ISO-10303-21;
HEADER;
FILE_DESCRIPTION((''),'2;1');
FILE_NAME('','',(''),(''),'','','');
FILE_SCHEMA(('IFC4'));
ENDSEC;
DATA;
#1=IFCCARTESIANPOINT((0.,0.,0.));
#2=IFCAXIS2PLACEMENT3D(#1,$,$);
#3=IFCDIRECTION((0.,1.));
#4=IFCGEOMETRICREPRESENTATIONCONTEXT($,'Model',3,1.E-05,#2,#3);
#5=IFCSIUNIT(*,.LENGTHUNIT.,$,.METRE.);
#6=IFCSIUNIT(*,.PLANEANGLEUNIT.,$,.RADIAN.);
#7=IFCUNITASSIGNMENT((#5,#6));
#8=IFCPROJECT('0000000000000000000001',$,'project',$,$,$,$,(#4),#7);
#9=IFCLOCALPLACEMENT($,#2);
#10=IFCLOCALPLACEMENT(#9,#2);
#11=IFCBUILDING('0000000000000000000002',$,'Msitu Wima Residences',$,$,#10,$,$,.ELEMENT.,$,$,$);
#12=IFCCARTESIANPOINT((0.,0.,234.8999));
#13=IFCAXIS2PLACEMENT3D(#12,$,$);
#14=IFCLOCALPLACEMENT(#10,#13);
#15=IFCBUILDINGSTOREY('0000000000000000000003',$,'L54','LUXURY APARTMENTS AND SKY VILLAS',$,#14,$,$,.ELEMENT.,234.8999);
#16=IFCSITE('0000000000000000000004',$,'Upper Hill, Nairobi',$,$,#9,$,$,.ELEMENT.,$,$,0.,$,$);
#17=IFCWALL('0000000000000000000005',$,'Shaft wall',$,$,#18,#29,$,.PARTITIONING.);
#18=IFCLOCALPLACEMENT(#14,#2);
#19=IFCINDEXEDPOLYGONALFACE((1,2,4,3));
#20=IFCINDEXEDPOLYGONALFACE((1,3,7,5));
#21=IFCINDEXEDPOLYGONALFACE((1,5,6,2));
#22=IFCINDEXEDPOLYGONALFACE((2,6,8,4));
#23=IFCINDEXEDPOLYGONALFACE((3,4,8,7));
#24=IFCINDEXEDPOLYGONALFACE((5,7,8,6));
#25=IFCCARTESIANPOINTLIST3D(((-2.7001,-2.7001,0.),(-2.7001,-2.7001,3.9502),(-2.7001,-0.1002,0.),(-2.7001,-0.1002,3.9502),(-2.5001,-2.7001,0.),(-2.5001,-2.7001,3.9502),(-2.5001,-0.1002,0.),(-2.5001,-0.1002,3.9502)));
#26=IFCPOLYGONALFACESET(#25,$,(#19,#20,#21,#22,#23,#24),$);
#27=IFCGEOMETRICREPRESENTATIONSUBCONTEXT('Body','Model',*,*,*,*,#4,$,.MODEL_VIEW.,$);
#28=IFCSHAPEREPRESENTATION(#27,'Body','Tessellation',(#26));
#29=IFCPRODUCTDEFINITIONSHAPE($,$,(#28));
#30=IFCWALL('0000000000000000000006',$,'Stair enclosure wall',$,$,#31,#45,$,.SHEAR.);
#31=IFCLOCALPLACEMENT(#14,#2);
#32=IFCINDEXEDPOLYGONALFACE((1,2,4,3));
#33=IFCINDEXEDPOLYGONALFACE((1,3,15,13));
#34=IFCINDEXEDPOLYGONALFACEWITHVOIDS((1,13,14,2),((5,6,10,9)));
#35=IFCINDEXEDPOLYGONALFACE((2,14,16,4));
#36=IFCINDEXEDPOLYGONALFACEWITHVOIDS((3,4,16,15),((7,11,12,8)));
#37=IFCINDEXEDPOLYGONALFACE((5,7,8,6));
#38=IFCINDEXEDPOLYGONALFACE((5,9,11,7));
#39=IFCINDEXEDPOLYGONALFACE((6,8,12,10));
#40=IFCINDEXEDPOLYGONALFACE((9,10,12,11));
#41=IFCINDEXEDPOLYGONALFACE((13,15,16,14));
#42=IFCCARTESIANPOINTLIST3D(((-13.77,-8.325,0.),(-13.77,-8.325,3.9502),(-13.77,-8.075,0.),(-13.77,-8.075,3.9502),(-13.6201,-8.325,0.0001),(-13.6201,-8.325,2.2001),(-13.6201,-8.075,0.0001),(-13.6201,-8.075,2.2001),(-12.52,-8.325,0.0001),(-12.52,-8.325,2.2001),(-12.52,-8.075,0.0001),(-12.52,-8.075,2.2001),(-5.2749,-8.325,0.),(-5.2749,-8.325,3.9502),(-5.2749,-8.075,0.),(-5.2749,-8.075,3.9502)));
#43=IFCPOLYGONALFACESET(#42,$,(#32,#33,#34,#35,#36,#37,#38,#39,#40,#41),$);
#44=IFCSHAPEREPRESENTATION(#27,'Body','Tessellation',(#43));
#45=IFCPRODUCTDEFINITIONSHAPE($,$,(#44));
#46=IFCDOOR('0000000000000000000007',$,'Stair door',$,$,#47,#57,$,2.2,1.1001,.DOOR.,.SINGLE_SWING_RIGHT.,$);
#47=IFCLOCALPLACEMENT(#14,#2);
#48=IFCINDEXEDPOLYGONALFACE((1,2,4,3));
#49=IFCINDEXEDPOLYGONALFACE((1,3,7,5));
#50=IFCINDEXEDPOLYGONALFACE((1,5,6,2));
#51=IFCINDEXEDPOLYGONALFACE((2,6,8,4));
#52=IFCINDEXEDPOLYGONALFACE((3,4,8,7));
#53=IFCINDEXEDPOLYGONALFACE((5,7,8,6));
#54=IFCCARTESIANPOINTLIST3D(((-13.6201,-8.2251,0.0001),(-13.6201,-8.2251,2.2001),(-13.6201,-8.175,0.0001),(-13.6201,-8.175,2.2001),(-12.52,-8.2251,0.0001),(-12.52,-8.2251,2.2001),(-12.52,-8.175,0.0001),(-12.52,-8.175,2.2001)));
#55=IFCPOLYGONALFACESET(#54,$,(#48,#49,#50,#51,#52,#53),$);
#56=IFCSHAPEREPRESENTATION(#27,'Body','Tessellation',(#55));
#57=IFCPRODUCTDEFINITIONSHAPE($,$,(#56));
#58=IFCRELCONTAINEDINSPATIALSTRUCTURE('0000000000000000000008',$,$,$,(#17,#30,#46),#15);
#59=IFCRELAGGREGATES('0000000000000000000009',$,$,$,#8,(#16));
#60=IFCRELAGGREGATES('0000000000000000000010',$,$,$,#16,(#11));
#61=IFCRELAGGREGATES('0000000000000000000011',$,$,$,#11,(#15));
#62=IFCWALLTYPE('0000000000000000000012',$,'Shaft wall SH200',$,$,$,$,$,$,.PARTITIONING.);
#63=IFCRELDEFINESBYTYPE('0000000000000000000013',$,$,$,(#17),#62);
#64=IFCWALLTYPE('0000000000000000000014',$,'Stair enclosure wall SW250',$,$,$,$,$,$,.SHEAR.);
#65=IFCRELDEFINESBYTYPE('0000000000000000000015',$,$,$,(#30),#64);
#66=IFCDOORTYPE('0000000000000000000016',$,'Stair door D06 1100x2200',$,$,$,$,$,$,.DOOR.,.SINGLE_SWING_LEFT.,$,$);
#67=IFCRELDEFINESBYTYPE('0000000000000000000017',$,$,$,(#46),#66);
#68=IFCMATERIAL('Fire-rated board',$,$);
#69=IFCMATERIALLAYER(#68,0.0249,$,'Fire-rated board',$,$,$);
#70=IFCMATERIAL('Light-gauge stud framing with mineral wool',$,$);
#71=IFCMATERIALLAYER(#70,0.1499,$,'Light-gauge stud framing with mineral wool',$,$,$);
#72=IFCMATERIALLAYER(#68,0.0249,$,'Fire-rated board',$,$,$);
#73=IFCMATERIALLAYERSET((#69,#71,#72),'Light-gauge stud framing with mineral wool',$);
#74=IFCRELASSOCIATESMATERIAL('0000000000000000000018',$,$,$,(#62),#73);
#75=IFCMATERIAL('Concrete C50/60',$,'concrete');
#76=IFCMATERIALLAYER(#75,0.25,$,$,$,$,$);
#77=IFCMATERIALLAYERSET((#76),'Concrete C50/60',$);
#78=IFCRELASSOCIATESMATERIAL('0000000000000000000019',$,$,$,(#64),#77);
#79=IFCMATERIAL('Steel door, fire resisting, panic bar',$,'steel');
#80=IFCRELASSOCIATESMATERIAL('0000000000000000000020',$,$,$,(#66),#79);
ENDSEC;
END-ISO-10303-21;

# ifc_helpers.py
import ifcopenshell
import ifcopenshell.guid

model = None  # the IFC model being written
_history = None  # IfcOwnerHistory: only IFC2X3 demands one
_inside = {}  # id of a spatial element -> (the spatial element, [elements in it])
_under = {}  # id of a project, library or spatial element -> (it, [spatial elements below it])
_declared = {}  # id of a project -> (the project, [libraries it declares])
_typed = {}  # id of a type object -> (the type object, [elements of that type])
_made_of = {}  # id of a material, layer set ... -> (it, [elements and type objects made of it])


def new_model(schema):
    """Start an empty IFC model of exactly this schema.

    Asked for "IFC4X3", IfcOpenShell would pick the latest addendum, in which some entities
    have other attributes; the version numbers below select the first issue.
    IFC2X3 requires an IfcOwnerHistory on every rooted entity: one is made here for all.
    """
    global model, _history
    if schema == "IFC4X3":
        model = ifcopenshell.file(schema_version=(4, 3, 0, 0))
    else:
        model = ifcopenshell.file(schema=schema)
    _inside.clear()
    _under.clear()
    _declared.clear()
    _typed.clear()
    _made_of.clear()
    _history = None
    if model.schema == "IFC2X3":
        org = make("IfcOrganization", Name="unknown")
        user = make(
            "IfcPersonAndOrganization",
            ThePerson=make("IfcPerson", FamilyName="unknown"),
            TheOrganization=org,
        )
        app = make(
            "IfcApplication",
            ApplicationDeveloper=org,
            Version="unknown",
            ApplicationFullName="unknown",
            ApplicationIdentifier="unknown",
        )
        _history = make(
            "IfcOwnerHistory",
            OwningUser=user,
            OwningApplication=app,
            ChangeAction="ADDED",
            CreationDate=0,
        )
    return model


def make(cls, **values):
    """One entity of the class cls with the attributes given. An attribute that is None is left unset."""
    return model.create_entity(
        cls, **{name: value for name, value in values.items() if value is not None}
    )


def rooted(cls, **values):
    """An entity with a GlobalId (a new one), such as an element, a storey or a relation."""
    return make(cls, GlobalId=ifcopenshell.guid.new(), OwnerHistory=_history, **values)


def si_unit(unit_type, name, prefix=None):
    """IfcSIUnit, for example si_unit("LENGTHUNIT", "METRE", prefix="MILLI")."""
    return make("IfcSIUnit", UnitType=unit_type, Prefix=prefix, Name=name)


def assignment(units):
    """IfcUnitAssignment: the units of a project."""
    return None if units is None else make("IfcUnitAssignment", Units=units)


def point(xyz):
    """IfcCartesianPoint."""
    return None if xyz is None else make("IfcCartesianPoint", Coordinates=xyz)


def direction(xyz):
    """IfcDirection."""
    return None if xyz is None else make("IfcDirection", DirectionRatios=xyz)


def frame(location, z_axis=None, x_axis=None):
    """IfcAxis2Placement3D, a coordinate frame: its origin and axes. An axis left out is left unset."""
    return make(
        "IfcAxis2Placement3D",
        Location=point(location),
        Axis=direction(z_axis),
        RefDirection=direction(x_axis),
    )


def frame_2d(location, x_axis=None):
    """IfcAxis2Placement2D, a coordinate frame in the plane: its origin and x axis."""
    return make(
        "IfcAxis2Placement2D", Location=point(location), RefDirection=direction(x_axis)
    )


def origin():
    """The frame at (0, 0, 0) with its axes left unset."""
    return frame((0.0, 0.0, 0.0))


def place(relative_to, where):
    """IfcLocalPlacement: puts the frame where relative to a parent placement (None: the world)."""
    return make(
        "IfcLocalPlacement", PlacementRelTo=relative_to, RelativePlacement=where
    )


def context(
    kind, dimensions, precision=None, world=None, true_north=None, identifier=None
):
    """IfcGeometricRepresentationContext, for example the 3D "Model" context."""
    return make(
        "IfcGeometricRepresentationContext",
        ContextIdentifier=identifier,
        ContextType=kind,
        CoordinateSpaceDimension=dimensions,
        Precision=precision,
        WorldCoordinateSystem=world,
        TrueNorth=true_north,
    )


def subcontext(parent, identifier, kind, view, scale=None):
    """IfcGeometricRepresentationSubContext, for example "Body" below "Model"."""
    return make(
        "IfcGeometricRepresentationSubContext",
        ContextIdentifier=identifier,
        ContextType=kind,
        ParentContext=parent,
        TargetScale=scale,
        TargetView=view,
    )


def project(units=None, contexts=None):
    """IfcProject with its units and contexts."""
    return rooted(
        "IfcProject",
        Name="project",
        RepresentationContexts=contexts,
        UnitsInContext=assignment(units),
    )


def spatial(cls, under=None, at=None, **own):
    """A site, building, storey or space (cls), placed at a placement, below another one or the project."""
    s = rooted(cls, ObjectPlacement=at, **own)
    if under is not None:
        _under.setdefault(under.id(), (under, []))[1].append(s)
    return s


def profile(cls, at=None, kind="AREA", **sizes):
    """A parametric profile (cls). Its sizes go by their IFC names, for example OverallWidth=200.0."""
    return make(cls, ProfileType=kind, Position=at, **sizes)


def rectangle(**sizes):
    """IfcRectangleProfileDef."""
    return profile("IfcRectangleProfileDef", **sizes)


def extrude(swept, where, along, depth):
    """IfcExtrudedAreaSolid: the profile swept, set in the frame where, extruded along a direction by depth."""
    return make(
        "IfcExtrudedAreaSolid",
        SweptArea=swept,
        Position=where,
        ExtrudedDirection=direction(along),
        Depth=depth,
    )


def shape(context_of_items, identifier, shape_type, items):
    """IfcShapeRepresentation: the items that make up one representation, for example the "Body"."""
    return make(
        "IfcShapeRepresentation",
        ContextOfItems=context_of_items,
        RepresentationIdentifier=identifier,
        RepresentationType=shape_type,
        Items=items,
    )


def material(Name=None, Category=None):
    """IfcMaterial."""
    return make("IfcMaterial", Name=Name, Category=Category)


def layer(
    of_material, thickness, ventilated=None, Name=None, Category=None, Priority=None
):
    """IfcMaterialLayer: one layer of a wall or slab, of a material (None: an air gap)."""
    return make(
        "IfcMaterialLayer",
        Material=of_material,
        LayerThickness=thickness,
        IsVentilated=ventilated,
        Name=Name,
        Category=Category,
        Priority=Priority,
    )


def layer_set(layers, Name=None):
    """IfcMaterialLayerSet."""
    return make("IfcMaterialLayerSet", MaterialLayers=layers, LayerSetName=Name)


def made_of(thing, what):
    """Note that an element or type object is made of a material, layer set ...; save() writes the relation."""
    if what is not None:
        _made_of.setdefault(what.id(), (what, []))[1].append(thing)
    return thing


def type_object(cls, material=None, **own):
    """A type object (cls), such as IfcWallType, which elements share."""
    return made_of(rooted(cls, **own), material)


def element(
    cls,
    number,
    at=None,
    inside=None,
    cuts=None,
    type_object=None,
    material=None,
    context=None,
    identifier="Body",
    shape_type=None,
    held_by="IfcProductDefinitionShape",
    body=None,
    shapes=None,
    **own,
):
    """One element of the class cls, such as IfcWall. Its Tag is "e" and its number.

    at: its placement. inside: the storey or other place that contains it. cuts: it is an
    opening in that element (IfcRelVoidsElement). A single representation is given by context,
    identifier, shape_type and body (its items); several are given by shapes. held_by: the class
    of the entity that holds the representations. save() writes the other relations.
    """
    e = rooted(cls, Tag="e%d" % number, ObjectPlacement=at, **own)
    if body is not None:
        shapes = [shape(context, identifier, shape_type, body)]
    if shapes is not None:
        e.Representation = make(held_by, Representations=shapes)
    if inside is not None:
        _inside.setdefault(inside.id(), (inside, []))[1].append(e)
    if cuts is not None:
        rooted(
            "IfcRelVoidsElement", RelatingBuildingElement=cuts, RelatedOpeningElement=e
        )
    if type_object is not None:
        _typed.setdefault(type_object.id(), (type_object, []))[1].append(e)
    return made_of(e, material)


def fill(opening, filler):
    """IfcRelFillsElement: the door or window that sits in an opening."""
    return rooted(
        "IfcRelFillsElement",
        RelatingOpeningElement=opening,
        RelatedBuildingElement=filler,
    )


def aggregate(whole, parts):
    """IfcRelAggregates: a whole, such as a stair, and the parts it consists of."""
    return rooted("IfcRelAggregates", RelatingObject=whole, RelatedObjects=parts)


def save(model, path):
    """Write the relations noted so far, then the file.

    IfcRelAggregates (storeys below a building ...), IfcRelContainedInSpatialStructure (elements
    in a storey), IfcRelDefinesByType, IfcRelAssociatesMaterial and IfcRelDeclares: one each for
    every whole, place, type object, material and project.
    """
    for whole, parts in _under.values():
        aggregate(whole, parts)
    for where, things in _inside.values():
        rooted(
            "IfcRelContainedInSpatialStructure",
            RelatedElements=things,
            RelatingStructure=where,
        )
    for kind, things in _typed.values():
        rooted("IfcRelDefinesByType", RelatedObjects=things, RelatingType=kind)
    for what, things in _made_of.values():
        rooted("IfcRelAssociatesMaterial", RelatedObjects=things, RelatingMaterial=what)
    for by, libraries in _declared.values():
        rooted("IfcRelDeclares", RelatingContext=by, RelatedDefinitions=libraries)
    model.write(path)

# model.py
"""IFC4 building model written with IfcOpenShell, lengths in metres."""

from ifc_helpers import new_model, si_unit, direction, frame, frame_2d, origin, place, context, subcontext, project, spatial, rectangle, extrude, material, layer, layer_set, type_object, element, fill, save


model = new_model("IFC4")

# Units and contexts
model_context = context("Model", 3, precision=1e-05, world=origin(), true_north=direction((0.0, 1.0)))
body_context = subcontext(model_context, "Body", "Model", "MODEL_VIEW")
ifc_project = project(units=[si_unit("LENGTHUNIT", "METRE"), si_unit("PLANEANGLEUNIT", "RADIAN")], contexts=[model_context])

# Site, building, storey
site_placement = place(None, origin())
site = spatial("IfcSite", under=ifc_project, at=site_placement, Name="Upper Hill, Nairobi", CompositionType="ELEMENT", RefElevation=0.0)
building_placement = place(site_placement, origin())
building = spatial("IfcBuilding", under=site, at=building_placement, Name="Msitu Wima Residences", CompositionType="ELEMENT")
storey_placement = place(building_placement, frame((0.0, 0.0, 234.8999)))
storey = spatial("IfcBuildingStorey", under=building, at=storey_placement, Name="L54", Description="LUXURY APARTMENTS AND SKY VILLAS", CompositionType="ELEMENT", Elevation=234.8999)

# Shared definitions
ifc_material_1 = material(Name="Fire-rated board")
ifc_layer_1 = layer(ifc_material_1, 0.0249, Name="Fire-rated board")
ifc_material_2 = material(Name="Light-gauge stud framing with mineral wool")
ifc_layer_2 = layer(ifc_material_2, 0.1499, Name="Light-gauge stud framing with mineral wool")
ifc_layer_3 = layer(ifc_material_1, 0.0249, Name="Fire-rated board")
ifc_layer_set_1 = layer_set([ifc_layer_1, ifc_layer_2, ifc_layer_3], Name="Light-gauge stud framing with mineral wool")
wall_type_1 = type_object("IfcWallType", Name="Shaft wall SH200", PredefinedType="PARTITIONING", material=ifc_layer_set_1)

# Wall
for number, where, z_axis, x_axis, name in (
    (1, (-2.6001, -2.7, 0.0), (0.0, 0.0, 1.0), (0.0, 1.0, 0.0), "Shaft wall"),
):
    element("IfcWall", number, at=place(storey_placement, frame(where, z_axis=z_axis, x_axis=x_axis)), inside=storey, type_object=wall_type_1, Name=name, PredefinedType="PARTITIONING", context=body_context, shape_type="SweptSolid", body=[
        extrude(rectangle(XDim=2.5999, YDim=0.2, at=frame_2d((1.2998, 0.0))), origin(), (0.0, 0.0, 1.0), 3.9502),
    ])

# Wall, opening, door
ifc_material_3 = material(Name="Concrete C50/60", Category="concrete")
ifc_layer_4 = layer(ifc_material_3, 0.25)
ifc_layer_set_2 = layer_set([ifc_layer_4], Name="Concrete C50/60")
wall_type_2 = type_object("IfcWallType", Name="Stair enclosure wall SW250", PredefinedType="SHEAR", material=ifc_layer_set_2)
wall_1_placement = place(storey_placement, frame((-13.77, -8.2, 0.0), z_axis=(0.0, 0.0, 1.0), x_axis=(1.0, 0.0, 0.0)))
wall_1 = element("IfcWall", 2, at=wall_1_placement, inside=storey, type_object=wall_type_2, Name="Stair enclosure wall", PredefinedType="SHEAR", context=body_context, shape_type="SweptSolid", body=[
    extrude(rectangle(XDim=8.4951, YDim=0.25, at=frame_2d((4.2476, 0.0))), origin(), (0.0, 0.0, 1.0), 3.9502),
])
opening_1_placement = place(wall_1_placement, frame((0.1499, 0.0, 0.0)))
opening_1 = element("IfcOpeningElement", 3, at=opening_1_placement, cuts=wall_1, PredefinedType="OPENING", context=body_context, shape_type="SweptSolid", body=[
    extrude(rectangle(XDim=1.1001, YDim=2.2, at=frame_2d((0.55, 1.1001))), frame((0.0, 0.135, 0.0), z_axis=(0.0, -1.0, 0.0), x_axis=(1.0, 0.0, 0.0)), (0.0, 0.0, 1.0), 0.27),
])
ifc_material_4 = material(Name="Steel door, fire resisting, panic bar", Category="steel")
door_type_1 = type_object("IfcDoorType", Name="Stair door D06 1100x2200", OperationType="SINGLE_SWING_LEFT", PredefinedType="DOOR", material=ifc_material_4)
door_1_placement = place(opening_1_placement, origin())
door_1 = element("IfcDoor", 4, at=door_1_placement, inside=storey, type_object=door_type_1, Name="Stair door", OperationType="SINGLE_SWING_RIGHT", OverallHeight=2.2, OverallWidth=1.1001, PredefinedType="DOOR", context=body_context, shape_type="SweptSolid", body=[
    extrude(rectangle(XDim=1.1001, YDim=2.2, at=frame_2d((0.55, 1.1001))), frame((0.0, 0.0249, 0.0), z_axis=(0.0, -1.0, 0.0), x_axis=(1.0, 0.0, 0.0)), (0.0, 0.0, 1.0), 0.05),
])
fill(opening_1, door_1)

save(model, "model.ifc")
